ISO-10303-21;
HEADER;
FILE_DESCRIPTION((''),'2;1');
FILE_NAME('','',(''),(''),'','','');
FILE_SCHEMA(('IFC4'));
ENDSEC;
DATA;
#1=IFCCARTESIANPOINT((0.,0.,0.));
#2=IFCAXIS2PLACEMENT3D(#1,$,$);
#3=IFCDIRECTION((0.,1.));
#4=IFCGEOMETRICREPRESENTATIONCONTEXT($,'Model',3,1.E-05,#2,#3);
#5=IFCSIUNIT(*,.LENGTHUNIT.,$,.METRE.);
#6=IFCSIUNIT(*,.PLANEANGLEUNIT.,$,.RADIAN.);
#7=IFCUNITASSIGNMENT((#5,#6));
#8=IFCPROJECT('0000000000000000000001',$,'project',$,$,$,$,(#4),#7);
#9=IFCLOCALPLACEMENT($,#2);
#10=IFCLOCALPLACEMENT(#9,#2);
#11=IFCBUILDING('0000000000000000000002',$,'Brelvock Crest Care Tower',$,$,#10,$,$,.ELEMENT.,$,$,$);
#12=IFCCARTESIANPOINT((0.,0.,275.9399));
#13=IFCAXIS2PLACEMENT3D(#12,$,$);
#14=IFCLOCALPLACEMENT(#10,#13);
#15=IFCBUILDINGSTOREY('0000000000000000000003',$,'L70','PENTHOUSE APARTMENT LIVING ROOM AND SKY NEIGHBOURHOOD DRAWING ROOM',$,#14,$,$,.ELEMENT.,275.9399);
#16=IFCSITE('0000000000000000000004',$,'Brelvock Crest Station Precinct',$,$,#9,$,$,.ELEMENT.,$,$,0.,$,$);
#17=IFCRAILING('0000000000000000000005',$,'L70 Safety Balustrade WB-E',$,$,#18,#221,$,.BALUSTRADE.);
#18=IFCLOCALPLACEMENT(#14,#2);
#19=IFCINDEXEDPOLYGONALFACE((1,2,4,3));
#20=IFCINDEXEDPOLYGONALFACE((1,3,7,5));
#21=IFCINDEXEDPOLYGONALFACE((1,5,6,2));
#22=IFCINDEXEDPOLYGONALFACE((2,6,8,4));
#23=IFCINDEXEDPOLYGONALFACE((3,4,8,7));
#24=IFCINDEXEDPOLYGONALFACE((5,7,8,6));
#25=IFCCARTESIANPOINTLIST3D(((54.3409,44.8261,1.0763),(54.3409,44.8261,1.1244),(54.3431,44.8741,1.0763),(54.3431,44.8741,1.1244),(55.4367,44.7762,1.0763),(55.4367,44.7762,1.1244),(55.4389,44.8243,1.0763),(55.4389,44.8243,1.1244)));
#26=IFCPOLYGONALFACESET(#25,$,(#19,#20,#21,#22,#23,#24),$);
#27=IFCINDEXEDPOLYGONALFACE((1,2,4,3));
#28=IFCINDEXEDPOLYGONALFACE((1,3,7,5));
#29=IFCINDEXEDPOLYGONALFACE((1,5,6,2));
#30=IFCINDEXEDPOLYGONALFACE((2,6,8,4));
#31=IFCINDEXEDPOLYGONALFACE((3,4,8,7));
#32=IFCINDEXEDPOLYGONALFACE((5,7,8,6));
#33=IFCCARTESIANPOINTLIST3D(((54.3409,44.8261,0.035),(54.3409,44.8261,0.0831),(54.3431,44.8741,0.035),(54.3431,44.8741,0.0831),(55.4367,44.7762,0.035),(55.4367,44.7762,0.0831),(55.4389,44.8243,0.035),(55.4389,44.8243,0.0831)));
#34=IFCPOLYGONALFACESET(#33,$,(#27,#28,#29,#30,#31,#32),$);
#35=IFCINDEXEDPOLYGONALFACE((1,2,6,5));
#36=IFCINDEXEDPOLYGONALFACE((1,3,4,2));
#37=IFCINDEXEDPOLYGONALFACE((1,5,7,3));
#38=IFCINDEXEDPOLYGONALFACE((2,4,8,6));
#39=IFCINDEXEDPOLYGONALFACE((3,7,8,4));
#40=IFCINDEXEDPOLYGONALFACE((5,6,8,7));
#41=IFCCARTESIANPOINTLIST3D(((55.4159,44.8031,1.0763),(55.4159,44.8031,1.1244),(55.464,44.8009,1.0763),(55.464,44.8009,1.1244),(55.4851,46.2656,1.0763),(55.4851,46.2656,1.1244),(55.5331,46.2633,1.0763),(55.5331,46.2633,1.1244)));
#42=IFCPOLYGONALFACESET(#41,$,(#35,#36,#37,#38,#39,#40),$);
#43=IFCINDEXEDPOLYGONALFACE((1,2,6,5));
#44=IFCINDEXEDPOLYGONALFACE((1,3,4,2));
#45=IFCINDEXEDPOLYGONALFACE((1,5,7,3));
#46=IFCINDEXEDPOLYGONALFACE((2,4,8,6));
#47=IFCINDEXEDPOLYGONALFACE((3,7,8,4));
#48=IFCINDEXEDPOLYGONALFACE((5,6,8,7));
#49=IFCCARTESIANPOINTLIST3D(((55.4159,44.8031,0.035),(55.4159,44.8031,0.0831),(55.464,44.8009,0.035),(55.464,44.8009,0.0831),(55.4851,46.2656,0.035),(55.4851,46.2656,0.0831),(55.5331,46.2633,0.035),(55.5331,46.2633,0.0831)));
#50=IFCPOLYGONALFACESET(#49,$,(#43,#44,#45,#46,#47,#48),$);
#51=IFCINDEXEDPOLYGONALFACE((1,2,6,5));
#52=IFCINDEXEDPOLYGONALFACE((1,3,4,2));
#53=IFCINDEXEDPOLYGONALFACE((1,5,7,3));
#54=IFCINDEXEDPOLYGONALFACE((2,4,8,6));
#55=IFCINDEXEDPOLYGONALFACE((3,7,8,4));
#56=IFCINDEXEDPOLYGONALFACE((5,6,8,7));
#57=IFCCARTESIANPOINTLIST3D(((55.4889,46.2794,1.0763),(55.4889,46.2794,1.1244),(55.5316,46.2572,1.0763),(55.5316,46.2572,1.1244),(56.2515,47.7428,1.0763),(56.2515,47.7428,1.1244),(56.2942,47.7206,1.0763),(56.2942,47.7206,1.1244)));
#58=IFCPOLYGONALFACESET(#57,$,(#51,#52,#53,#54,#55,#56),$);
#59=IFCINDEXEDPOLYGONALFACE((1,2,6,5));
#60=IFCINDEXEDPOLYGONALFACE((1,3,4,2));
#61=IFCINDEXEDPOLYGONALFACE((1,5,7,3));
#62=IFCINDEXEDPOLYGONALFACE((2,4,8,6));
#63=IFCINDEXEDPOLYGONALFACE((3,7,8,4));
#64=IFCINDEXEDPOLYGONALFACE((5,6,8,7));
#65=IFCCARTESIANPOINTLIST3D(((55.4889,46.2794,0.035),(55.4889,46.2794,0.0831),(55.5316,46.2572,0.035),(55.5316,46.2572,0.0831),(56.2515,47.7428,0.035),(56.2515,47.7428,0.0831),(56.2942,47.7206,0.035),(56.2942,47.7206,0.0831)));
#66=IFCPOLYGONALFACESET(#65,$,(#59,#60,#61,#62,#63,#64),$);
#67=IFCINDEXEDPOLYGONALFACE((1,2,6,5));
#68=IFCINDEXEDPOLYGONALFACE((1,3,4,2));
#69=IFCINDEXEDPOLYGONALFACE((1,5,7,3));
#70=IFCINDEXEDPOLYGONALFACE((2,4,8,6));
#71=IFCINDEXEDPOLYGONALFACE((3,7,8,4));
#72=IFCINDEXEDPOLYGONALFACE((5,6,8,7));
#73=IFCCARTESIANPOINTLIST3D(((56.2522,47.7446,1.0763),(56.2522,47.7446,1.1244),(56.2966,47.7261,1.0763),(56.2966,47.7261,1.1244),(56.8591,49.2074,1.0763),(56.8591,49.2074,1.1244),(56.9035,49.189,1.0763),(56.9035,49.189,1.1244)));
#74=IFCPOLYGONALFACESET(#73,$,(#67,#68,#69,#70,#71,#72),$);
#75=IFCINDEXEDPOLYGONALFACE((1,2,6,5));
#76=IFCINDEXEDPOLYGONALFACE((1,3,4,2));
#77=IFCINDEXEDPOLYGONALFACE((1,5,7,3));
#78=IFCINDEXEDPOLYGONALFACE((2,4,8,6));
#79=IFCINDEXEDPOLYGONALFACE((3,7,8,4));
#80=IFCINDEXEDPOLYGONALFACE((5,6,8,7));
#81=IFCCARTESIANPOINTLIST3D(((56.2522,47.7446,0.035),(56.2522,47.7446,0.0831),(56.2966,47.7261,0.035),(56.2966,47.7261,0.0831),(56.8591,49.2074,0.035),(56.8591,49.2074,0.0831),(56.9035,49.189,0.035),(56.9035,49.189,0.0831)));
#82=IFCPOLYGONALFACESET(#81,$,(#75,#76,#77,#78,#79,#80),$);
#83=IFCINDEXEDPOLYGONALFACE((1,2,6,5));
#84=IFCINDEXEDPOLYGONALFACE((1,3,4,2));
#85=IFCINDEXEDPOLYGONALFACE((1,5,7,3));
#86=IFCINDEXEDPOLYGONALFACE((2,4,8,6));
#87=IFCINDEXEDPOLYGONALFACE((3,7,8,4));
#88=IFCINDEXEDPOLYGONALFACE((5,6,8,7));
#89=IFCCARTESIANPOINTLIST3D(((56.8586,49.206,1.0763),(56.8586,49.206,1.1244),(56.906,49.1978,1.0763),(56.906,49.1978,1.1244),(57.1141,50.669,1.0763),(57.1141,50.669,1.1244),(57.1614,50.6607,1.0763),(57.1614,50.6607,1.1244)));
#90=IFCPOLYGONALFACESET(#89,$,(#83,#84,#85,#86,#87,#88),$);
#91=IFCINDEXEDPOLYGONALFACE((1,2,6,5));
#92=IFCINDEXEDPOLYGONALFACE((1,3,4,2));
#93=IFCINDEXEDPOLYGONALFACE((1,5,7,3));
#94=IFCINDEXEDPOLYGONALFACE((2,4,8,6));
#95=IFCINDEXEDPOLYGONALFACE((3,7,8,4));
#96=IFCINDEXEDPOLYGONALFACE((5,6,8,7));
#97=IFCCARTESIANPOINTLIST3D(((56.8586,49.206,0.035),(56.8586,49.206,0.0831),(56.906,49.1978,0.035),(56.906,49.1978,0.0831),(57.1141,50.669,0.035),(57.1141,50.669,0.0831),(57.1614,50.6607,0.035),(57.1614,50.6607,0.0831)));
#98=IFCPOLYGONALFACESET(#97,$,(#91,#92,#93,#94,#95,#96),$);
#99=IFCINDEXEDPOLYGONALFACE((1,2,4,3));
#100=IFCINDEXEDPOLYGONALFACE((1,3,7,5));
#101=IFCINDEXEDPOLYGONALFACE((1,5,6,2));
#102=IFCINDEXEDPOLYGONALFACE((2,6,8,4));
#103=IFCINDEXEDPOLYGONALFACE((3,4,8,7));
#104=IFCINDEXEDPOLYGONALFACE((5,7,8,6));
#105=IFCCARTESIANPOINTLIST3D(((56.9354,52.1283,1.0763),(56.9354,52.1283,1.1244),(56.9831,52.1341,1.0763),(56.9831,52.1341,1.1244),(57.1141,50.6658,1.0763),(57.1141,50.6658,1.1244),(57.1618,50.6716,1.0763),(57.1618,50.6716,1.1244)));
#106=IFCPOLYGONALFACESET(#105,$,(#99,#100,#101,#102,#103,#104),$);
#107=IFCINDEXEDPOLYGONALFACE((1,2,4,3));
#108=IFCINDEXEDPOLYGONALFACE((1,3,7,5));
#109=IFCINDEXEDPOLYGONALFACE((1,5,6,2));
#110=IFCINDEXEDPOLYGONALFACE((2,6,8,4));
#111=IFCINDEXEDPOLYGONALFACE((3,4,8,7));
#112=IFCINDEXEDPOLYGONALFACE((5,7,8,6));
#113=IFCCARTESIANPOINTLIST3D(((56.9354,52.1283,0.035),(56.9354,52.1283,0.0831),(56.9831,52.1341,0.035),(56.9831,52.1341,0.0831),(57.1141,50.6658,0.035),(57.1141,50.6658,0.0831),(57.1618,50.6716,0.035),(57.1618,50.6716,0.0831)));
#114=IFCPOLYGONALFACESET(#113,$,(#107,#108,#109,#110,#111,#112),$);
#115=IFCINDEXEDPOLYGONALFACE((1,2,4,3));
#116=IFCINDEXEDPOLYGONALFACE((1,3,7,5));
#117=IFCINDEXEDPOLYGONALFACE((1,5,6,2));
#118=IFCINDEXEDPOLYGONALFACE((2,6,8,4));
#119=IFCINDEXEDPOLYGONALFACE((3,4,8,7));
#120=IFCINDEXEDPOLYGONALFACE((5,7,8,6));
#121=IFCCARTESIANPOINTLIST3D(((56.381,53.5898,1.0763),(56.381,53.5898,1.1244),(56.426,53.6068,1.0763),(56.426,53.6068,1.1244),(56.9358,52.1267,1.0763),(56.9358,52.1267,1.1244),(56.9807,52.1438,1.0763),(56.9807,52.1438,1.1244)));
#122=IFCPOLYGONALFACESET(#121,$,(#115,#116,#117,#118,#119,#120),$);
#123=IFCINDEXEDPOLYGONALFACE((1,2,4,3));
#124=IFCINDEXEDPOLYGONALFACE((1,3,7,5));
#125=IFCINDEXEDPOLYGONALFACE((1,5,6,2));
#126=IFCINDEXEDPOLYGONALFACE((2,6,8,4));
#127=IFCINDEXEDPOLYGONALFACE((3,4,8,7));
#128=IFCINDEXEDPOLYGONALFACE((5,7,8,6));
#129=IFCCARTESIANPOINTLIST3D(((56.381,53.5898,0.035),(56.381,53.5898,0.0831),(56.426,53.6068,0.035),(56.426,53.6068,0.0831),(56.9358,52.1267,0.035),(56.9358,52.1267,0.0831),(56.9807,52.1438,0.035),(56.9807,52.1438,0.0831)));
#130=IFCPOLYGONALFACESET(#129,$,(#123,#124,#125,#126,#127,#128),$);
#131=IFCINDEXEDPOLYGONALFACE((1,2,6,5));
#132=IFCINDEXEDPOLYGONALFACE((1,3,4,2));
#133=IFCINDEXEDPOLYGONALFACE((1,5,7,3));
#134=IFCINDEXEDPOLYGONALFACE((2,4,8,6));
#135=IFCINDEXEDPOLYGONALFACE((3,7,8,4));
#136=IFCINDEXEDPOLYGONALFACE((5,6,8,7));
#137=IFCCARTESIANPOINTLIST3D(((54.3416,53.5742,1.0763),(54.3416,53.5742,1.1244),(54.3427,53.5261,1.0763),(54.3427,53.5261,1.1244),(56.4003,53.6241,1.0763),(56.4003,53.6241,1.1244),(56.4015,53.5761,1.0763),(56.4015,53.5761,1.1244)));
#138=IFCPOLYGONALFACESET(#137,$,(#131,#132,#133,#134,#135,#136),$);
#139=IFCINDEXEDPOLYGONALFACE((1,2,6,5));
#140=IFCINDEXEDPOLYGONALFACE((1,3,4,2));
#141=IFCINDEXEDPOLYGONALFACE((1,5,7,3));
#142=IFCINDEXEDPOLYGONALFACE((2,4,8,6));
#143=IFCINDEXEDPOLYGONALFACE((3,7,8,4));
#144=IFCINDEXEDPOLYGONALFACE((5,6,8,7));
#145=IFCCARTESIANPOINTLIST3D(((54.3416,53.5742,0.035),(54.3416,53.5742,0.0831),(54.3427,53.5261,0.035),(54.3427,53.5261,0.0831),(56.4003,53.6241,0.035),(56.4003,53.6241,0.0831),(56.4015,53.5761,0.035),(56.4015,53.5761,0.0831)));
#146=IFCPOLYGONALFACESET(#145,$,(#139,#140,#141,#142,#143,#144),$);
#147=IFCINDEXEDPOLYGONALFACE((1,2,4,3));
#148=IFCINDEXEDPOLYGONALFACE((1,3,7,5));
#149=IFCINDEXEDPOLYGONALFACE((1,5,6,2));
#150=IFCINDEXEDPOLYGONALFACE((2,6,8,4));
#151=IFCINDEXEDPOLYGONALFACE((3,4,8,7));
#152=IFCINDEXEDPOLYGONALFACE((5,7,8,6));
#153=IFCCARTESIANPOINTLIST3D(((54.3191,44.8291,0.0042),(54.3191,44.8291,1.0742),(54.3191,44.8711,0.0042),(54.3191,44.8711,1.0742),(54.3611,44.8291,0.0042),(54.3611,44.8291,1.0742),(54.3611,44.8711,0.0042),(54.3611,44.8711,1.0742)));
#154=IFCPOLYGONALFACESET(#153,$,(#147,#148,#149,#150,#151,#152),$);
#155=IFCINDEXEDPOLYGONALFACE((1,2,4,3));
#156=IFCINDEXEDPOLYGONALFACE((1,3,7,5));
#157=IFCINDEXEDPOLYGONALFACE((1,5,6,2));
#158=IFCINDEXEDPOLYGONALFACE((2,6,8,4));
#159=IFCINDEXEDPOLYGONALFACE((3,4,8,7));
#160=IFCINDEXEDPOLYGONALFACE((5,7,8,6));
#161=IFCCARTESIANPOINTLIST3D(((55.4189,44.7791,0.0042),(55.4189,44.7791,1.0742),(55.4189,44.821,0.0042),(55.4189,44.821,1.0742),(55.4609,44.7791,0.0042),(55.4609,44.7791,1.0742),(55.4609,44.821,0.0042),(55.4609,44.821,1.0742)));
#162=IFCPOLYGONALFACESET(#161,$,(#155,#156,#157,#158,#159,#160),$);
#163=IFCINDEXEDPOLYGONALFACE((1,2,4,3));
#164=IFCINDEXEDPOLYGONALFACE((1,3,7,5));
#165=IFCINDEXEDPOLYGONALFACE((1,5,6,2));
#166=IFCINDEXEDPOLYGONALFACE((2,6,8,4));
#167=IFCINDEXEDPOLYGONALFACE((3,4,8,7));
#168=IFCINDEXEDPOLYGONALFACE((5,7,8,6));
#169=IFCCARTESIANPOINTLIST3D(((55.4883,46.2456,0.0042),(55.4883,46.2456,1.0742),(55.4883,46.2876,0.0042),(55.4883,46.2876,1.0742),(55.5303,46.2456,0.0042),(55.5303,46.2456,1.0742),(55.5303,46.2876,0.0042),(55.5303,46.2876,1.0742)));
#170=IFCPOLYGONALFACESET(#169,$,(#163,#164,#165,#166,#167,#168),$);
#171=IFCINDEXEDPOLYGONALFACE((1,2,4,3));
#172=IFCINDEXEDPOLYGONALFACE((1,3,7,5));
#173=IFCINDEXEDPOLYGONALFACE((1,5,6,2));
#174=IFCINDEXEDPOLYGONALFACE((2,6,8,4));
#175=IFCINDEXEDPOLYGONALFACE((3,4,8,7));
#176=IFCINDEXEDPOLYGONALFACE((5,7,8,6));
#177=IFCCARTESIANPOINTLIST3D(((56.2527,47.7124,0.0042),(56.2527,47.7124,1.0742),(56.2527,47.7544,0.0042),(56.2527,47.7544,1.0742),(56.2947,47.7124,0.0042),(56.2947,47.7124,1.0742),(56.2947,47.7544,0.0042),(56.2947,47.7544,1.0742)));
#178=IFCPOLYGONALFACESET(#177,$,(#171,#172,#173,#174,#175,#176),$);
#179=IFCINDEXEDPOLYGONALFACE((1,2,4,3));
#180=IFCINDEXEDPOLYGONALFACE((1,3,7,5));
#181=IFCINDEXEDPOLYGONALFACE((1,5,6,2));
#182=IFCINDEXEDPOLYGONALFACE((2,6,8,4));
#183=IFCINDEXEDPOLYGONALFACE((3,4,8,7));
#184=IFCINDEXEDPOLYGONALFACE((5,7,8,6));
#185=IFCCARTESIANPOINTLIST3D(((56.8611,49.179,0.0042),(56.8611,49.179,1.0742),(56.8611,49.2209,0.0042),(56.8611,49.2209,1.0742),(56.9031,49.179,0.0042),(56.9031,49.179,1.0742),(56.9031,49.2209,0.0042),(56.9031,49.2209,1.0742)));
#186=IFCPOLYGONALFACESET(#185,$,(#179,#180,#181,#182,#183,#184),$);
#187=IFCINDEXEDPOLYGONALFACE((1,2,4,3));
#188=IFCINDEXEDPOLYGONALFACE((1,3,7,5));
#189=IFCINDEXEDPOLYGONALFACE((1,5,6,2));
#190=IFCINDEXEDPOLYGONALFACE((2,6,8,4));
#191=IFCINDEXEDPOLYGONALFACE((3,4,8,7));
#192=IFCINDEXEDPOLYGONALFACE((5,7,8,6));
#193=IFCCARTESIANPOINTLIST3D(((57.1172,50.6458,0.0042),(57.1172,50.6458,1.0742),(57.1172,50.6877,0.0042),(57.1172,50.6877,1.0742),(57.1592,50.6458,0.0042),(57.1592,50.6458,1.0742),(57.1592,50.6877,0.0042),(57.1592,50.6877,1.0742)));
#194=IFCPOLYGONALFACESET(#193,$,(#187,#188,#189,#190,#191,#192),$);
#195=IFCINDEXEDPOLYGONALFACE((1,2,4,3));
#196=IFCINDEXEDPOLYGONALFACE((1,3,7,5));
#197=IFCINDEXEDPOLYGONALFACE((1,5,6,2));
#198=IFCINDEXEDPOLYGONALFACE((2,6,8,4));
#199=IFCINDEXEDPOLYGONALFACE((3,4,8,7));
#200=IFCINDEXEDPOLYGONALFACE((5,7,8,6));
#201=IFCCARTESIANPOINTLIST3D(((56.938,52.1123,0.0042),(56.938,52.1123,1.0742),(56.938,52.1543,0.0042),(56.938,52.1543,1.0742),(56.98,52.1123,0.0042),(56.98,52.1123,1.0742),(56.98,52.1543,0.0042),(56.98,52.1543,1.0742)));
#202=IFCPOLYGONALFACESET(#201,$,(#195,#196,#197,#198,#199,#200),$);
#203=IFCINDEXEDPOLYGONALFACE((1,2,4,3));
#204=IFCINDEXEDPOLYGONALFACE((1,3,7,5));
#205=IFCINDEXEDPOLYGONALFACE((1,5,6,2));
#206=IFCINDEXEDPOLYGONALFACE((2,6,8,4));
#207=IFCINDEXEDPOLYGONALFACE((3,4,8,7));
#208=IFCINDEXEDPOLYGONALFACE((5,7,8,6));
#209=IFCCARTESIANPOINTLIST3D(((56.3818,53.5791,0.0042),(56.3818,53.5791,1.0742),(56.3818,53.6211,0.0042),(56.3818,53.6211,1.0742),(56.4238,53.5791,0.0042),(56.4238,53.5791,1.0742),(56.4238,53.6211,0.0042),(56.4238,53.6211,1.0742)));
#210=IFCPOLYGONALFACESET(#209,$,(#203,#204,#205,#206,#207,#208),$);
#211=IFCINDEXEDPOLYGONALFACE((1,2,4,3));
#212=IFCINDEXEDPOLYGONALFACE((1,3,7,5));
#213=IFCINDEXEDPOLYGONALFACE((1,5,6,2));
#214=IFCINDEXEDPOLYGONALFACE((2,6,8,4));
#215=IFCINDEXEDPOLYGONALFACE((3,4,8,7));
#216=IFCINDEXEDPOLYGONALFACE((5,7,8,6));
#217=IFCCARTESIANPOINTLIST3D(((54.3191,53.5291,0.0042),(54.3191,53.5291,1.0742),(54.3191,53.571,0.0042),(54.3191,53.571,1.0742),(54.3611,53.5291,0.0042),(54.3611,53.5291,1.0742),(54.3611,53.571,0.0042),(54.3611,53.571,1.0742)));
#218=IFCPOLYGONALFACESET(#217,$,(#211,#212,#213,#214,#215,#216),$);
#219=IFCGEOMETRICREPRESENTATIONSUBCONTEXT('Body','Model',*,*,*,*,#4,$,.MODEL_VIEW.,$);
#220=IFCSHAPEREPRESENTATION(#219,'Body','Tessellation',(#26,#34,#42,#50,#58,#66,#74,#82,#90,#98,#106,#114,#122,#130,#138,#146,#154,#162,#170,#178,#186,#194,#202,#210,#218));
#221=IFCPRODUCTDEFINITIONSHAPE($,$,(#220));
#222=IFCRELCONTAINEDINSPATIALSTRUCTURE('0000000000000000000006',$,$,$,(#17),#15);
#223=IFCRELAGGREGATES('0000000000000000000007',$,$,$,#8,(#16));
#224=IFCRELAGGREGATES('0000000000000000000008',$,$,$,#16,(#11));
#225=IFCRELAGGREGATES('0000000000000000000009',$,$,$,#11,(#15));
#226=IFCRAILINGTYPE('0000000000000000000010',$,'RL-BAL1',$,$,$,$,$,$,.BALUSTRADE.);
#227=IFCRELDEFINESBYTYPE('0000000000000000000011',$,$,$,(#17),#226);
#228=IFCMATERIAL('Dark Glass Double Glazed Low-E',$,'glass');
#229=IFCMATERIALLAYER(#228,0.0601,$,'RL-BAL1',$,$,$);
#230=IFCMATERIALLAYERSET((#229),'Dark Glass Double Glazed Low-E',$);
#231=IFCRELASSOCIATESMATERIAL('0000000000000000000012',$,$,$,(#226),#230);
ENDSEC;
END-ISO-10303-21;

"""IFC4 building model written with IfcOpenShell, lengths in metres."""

from ifc_helpers import new_model, si_unit, direction, frame, origin, origin_2d, place, context, subcontext, project, spatial, rectangle, extrude, material, layer, layer_set, type_object, element, save


model = new_model("IFC4")

# Units and contexts
model_context = context("Model", 3, precision=1e-05, world=origin(), true_north=direction((0.0, 1.0)))
body_context = subcontext(model_context, "Body", "Model", "MODEL_VIEW")
ifc_project = project(units=[si_unit("LENGTHUNIT", "METRE"), si_unit("PLANEANGLEUNIT", "RADIAN")], contexts=[model_context])

# Site, building, storey
site_placement = place(None, origin())
site = spatial("IfcSite", under=ifc_project, at=site_placement, Name="Brelvock Crest Station Precinct", CompositionType="ELEMENT", RefElevation=0.0)
building_placement = place(site_placement, origin())
building = spatial("IfcBuilding", under=site, at=building_placement, Name="Brelvock Crest Care Tower", CompositionType="ELEMENT")
storey_placement = place(building_placement, frame((0.0, 0.0, 275.9399)))
storey = spatial("IfcBuildingStorey", under=building, at=storey_placement, Name="L70", Description="PENTHOUSE APARTMENT LIVING ROOM AND SKY NEIGHBOURHOOD DRAWING ROOM", CompositionType="ELEMENT", Elevation=275.9399)

# Shared definitions
ifc_material_1 = material(Name="Dark Glass Double Glazed Low-E", Category="glass")

# Railing
ifc_layer_1 = layer(ifc_material_1, 0.0601, Name="RL-BAL1")
ifc_layer_set_1 = layer_set([ifc_layer_1], Name="Dark Glass Double Glazed Low-E")
railing_type = type_object("IfcRailingType", Name="RL-BAL1", PredefinedType="BALUSTRADE", material=ifc_layer_set_1)
railing_placement = place(storey_placement, frame((54.3401, 44.8501, 0.0042)))
element("IfcRailing", 1, at=railing_placement, inside=storey, type_object=railing_type, Name="L70 Safety Balustrade WB-E", PredefinedType="BALUSTRADE", context=body_context, shape_type="SweptSolid", body=[
    extrude(rectangle(XDim=0.0481, YDim=0.0481, at=origin_2d()), frame((0.002, 0.0, 1.0962), z_axis=(0.998966, -0.045458, 0.0), x_axis=(0.045458, 0.998966, 0.0)), (0.0, 0.0, 1.0), 1.0969),
    extrude(rectangle(XDim=0.0481, YDim=0.0481, at=origin_2d()), frame((0.002, 0.0, 0.0549), z_axis=(0.998966, -0.045458, 0.0), x_axis=(0.045458, 0.998966, 0.0)), (0.0, 0.0, 1.0), 1.0969),
    extrude(rectangle(XDim=0.0481, YDim=0.0481, at=origin_2d()), frame((1.0999, -0.0481, 1.0962), z_axis=(0.047225, 0.998884, 0.0), x_axis=(-0.998884, 0.047225, 0.0)), (0.0, 0.0, 1.0), 1.4641),
    extrude(rectangle(XDim=0.0481, YDim=0.0481, at=origin_2d()), frame((1.0999, -0.0481, 0.0549), z_axis=(0.047225, 0.998884, 0.0), x_axis=(-0.998884, 0.047225, 0.0)), (0.0, 0.0, 1.0), 1.4641),
    extrude(rectangle(XDim=0.0481, YDim=0.0481, at=origin_2d()), frame((1.1702, 1.4182, 1.0962), z_axis=(0.462147, 0.886803, 0.0), x_axis=(-0.886803, 0.462147, 0.0)), (0.0, 0.0, 1.0), 1.6501),
    extrude(rectangle(XDim=0.0481, YDim=0.0481, at=origin_2d()), frame((1.1702, 1.4182, 0.0549), z_axis=(0.462147, 0.886803, 0.0), x_axis=(-0.886803, 0.462147, 0.0)), (0.0, 0.0, 1.0), 1.6501),
    extrude(rectangle(XDim=0.0481, YDim=0.0481, at=origin_2d()), frame((1.9343, 2.8853, 1.0962), z_axis=(0.383185, 0.923672, 0.0), x_axis=(-0.923672, 0.383185, 0.0)), (0.0, 0.0, 1.0), 1.5837),
    extrude(rectangle(XDim=0.0481, YDim=0.0481, at=origin_2d()), frame((1.9343, 2.8853, 0.0549), z_axis=(0.383185, 0.923672, 0.0), x_axis=(-0.923672, 0.383185, 0.0)), (0.0, 0.0, 1.0), 1.5837),
    extrude(rectangle(XDim=0.0481, YDim=0.0481, at=origin_2d()), frame((2.5422, 4.3518, 1.0962), z_axis=(0.171998, 0.985097, 0.0), x_axis=(-0.985097, 0.171998, 0.0)), (0.0, 0.0, 1.0), 1.4851),
    extrude(rectangle(XDim=0.0481, YDim=0.0481, at=origin_2d()), frame((2.5422, 4.3518, 0.0549), z_axis=(0.171998, 0.985097, 0.0), x_axis=(-0.985097, 0.171998, 0.0)), (0.0, 0.0, 1.0), 1.4851),
    extrude(rectangle(XDim=0.0481, YDim=0.0481, at=origin_2d()), frame((2.7979, 5.8186, 1.0962), z_axis=(-0.121289, 0.992617, 0.0), x_axis=(-0.992617, -0.121289, 0.0)), (0.0, 0.0, 1.0), 1.4734),
    extrude(rectangle(XDim=0.0481, YDim=0.0481, at=origin_2d()), frame((2.7979, 5.8186, 0.0549), z_axis=(-0.121289, 0.992617, 0.0), x_axis=(-0.992617, -0.121289, 0.0)), (0.0, 0.0, 1.0), 1.4734),
    extrude(rectangle(XDim=0.0481, YDim=0.0481, at=origin_2d()), frame((2.6182, 7.2852, 1.0962), z_axis=(-0.354532, 0.935044, 0.0), x_axis=(-0.935044, -0.354532, 0.0)), (0.0, 0.0, 1.0), 1.5647),
    extrude(rectangle(XDim=0.0481, YDim=0.0481, at=origin_2d()), frame((2.6182, 7.2852, 0.0549), z_axis=(-0.354532, 0.935044, 0.0), x_axis=(-0.935044, -0.354532, 0.0)), (0.0, 0.0, 1.0), 1.5647),
    extrude(rectangle(XDim=0.0481, YDim=0.0481, at=origin_2d()), frame((2.0608, 8.75, 1.0962), z_axis=(-0.999706, -0.024256, 0.0), x_axis=(0.024256, -0.999706, 0.0)), (0.0, 0.0, 1.0), 2.0593),
    extrude(rectangle(XDim=0.0481, YDim=0.0481, at=origin_2d()), frame((2.0608, 8.75, 0.0549), z_axis=(-0.999706, -0.024256, 0.0), x_axis=(0.024256, -0.999706, 0.0)), (0.0, 0.0, 1.0), 2.0593),
    extrude(rectangle(XDim=0.042, YDim=0.042, at=origin_2d()), origin(), (0.0, 0.0, 1.0), 1.0701),
    extrude(rectangle(XDim=0.042, YDim=0.042, at=origin_2d()), frame((1.0999, -0.05, 0.0)), (0.0, 0.0, 1.0), 1.0701),
    extrude(rectangle(XDim=0.042, YDim=0.042, at=origin_2d()), frame((1.1692, 1.4165, 0.0)), (0.0, 0.0, 1.0), 1.0701),
    extrude(rectangle(XDim=0.042, YDim=0.042, at=origin_2d()), frame((1.9336, 2.8833, 0.0)), (0.0, 0.0, 1.0), 1.0701),
    extrude(rectangle(XDim=0.042, YDim=0.042, at=origin_2d()), frame((2.542, 4.3499, 0.0)), (0.0, 0.0, 1.0), 1.0701),
    extrude(rectangle(XDim=0.042, YDim=0.042, at=origin_2d()), frame((2.7981, 5.8167, 0.0)), (0.0, 0.0, 1.0), 1.0701),
    extrude(rectangle(XDim=0.042, YDim=0.042, at=origin_2d()), frame((2.6189, 7.2832, 0.0)), (0.0, 0.0, 1.0), 1.0701),
    extrude(rectangle(XDim=0.042, YDim=0.042, at=origin_2d()), frame((2.0627, 8.75, 0.0)), (0.0, 0.0, 1.0), 1.0701),
    extrude(rectangle(XDim=0.042, YDim=0.042, at=origin_2d()), frame((0.0, 8.7, 0.0)), (0.0, 0.0, 1.0), 1.0701),
])

save(model, "model.ifc")
